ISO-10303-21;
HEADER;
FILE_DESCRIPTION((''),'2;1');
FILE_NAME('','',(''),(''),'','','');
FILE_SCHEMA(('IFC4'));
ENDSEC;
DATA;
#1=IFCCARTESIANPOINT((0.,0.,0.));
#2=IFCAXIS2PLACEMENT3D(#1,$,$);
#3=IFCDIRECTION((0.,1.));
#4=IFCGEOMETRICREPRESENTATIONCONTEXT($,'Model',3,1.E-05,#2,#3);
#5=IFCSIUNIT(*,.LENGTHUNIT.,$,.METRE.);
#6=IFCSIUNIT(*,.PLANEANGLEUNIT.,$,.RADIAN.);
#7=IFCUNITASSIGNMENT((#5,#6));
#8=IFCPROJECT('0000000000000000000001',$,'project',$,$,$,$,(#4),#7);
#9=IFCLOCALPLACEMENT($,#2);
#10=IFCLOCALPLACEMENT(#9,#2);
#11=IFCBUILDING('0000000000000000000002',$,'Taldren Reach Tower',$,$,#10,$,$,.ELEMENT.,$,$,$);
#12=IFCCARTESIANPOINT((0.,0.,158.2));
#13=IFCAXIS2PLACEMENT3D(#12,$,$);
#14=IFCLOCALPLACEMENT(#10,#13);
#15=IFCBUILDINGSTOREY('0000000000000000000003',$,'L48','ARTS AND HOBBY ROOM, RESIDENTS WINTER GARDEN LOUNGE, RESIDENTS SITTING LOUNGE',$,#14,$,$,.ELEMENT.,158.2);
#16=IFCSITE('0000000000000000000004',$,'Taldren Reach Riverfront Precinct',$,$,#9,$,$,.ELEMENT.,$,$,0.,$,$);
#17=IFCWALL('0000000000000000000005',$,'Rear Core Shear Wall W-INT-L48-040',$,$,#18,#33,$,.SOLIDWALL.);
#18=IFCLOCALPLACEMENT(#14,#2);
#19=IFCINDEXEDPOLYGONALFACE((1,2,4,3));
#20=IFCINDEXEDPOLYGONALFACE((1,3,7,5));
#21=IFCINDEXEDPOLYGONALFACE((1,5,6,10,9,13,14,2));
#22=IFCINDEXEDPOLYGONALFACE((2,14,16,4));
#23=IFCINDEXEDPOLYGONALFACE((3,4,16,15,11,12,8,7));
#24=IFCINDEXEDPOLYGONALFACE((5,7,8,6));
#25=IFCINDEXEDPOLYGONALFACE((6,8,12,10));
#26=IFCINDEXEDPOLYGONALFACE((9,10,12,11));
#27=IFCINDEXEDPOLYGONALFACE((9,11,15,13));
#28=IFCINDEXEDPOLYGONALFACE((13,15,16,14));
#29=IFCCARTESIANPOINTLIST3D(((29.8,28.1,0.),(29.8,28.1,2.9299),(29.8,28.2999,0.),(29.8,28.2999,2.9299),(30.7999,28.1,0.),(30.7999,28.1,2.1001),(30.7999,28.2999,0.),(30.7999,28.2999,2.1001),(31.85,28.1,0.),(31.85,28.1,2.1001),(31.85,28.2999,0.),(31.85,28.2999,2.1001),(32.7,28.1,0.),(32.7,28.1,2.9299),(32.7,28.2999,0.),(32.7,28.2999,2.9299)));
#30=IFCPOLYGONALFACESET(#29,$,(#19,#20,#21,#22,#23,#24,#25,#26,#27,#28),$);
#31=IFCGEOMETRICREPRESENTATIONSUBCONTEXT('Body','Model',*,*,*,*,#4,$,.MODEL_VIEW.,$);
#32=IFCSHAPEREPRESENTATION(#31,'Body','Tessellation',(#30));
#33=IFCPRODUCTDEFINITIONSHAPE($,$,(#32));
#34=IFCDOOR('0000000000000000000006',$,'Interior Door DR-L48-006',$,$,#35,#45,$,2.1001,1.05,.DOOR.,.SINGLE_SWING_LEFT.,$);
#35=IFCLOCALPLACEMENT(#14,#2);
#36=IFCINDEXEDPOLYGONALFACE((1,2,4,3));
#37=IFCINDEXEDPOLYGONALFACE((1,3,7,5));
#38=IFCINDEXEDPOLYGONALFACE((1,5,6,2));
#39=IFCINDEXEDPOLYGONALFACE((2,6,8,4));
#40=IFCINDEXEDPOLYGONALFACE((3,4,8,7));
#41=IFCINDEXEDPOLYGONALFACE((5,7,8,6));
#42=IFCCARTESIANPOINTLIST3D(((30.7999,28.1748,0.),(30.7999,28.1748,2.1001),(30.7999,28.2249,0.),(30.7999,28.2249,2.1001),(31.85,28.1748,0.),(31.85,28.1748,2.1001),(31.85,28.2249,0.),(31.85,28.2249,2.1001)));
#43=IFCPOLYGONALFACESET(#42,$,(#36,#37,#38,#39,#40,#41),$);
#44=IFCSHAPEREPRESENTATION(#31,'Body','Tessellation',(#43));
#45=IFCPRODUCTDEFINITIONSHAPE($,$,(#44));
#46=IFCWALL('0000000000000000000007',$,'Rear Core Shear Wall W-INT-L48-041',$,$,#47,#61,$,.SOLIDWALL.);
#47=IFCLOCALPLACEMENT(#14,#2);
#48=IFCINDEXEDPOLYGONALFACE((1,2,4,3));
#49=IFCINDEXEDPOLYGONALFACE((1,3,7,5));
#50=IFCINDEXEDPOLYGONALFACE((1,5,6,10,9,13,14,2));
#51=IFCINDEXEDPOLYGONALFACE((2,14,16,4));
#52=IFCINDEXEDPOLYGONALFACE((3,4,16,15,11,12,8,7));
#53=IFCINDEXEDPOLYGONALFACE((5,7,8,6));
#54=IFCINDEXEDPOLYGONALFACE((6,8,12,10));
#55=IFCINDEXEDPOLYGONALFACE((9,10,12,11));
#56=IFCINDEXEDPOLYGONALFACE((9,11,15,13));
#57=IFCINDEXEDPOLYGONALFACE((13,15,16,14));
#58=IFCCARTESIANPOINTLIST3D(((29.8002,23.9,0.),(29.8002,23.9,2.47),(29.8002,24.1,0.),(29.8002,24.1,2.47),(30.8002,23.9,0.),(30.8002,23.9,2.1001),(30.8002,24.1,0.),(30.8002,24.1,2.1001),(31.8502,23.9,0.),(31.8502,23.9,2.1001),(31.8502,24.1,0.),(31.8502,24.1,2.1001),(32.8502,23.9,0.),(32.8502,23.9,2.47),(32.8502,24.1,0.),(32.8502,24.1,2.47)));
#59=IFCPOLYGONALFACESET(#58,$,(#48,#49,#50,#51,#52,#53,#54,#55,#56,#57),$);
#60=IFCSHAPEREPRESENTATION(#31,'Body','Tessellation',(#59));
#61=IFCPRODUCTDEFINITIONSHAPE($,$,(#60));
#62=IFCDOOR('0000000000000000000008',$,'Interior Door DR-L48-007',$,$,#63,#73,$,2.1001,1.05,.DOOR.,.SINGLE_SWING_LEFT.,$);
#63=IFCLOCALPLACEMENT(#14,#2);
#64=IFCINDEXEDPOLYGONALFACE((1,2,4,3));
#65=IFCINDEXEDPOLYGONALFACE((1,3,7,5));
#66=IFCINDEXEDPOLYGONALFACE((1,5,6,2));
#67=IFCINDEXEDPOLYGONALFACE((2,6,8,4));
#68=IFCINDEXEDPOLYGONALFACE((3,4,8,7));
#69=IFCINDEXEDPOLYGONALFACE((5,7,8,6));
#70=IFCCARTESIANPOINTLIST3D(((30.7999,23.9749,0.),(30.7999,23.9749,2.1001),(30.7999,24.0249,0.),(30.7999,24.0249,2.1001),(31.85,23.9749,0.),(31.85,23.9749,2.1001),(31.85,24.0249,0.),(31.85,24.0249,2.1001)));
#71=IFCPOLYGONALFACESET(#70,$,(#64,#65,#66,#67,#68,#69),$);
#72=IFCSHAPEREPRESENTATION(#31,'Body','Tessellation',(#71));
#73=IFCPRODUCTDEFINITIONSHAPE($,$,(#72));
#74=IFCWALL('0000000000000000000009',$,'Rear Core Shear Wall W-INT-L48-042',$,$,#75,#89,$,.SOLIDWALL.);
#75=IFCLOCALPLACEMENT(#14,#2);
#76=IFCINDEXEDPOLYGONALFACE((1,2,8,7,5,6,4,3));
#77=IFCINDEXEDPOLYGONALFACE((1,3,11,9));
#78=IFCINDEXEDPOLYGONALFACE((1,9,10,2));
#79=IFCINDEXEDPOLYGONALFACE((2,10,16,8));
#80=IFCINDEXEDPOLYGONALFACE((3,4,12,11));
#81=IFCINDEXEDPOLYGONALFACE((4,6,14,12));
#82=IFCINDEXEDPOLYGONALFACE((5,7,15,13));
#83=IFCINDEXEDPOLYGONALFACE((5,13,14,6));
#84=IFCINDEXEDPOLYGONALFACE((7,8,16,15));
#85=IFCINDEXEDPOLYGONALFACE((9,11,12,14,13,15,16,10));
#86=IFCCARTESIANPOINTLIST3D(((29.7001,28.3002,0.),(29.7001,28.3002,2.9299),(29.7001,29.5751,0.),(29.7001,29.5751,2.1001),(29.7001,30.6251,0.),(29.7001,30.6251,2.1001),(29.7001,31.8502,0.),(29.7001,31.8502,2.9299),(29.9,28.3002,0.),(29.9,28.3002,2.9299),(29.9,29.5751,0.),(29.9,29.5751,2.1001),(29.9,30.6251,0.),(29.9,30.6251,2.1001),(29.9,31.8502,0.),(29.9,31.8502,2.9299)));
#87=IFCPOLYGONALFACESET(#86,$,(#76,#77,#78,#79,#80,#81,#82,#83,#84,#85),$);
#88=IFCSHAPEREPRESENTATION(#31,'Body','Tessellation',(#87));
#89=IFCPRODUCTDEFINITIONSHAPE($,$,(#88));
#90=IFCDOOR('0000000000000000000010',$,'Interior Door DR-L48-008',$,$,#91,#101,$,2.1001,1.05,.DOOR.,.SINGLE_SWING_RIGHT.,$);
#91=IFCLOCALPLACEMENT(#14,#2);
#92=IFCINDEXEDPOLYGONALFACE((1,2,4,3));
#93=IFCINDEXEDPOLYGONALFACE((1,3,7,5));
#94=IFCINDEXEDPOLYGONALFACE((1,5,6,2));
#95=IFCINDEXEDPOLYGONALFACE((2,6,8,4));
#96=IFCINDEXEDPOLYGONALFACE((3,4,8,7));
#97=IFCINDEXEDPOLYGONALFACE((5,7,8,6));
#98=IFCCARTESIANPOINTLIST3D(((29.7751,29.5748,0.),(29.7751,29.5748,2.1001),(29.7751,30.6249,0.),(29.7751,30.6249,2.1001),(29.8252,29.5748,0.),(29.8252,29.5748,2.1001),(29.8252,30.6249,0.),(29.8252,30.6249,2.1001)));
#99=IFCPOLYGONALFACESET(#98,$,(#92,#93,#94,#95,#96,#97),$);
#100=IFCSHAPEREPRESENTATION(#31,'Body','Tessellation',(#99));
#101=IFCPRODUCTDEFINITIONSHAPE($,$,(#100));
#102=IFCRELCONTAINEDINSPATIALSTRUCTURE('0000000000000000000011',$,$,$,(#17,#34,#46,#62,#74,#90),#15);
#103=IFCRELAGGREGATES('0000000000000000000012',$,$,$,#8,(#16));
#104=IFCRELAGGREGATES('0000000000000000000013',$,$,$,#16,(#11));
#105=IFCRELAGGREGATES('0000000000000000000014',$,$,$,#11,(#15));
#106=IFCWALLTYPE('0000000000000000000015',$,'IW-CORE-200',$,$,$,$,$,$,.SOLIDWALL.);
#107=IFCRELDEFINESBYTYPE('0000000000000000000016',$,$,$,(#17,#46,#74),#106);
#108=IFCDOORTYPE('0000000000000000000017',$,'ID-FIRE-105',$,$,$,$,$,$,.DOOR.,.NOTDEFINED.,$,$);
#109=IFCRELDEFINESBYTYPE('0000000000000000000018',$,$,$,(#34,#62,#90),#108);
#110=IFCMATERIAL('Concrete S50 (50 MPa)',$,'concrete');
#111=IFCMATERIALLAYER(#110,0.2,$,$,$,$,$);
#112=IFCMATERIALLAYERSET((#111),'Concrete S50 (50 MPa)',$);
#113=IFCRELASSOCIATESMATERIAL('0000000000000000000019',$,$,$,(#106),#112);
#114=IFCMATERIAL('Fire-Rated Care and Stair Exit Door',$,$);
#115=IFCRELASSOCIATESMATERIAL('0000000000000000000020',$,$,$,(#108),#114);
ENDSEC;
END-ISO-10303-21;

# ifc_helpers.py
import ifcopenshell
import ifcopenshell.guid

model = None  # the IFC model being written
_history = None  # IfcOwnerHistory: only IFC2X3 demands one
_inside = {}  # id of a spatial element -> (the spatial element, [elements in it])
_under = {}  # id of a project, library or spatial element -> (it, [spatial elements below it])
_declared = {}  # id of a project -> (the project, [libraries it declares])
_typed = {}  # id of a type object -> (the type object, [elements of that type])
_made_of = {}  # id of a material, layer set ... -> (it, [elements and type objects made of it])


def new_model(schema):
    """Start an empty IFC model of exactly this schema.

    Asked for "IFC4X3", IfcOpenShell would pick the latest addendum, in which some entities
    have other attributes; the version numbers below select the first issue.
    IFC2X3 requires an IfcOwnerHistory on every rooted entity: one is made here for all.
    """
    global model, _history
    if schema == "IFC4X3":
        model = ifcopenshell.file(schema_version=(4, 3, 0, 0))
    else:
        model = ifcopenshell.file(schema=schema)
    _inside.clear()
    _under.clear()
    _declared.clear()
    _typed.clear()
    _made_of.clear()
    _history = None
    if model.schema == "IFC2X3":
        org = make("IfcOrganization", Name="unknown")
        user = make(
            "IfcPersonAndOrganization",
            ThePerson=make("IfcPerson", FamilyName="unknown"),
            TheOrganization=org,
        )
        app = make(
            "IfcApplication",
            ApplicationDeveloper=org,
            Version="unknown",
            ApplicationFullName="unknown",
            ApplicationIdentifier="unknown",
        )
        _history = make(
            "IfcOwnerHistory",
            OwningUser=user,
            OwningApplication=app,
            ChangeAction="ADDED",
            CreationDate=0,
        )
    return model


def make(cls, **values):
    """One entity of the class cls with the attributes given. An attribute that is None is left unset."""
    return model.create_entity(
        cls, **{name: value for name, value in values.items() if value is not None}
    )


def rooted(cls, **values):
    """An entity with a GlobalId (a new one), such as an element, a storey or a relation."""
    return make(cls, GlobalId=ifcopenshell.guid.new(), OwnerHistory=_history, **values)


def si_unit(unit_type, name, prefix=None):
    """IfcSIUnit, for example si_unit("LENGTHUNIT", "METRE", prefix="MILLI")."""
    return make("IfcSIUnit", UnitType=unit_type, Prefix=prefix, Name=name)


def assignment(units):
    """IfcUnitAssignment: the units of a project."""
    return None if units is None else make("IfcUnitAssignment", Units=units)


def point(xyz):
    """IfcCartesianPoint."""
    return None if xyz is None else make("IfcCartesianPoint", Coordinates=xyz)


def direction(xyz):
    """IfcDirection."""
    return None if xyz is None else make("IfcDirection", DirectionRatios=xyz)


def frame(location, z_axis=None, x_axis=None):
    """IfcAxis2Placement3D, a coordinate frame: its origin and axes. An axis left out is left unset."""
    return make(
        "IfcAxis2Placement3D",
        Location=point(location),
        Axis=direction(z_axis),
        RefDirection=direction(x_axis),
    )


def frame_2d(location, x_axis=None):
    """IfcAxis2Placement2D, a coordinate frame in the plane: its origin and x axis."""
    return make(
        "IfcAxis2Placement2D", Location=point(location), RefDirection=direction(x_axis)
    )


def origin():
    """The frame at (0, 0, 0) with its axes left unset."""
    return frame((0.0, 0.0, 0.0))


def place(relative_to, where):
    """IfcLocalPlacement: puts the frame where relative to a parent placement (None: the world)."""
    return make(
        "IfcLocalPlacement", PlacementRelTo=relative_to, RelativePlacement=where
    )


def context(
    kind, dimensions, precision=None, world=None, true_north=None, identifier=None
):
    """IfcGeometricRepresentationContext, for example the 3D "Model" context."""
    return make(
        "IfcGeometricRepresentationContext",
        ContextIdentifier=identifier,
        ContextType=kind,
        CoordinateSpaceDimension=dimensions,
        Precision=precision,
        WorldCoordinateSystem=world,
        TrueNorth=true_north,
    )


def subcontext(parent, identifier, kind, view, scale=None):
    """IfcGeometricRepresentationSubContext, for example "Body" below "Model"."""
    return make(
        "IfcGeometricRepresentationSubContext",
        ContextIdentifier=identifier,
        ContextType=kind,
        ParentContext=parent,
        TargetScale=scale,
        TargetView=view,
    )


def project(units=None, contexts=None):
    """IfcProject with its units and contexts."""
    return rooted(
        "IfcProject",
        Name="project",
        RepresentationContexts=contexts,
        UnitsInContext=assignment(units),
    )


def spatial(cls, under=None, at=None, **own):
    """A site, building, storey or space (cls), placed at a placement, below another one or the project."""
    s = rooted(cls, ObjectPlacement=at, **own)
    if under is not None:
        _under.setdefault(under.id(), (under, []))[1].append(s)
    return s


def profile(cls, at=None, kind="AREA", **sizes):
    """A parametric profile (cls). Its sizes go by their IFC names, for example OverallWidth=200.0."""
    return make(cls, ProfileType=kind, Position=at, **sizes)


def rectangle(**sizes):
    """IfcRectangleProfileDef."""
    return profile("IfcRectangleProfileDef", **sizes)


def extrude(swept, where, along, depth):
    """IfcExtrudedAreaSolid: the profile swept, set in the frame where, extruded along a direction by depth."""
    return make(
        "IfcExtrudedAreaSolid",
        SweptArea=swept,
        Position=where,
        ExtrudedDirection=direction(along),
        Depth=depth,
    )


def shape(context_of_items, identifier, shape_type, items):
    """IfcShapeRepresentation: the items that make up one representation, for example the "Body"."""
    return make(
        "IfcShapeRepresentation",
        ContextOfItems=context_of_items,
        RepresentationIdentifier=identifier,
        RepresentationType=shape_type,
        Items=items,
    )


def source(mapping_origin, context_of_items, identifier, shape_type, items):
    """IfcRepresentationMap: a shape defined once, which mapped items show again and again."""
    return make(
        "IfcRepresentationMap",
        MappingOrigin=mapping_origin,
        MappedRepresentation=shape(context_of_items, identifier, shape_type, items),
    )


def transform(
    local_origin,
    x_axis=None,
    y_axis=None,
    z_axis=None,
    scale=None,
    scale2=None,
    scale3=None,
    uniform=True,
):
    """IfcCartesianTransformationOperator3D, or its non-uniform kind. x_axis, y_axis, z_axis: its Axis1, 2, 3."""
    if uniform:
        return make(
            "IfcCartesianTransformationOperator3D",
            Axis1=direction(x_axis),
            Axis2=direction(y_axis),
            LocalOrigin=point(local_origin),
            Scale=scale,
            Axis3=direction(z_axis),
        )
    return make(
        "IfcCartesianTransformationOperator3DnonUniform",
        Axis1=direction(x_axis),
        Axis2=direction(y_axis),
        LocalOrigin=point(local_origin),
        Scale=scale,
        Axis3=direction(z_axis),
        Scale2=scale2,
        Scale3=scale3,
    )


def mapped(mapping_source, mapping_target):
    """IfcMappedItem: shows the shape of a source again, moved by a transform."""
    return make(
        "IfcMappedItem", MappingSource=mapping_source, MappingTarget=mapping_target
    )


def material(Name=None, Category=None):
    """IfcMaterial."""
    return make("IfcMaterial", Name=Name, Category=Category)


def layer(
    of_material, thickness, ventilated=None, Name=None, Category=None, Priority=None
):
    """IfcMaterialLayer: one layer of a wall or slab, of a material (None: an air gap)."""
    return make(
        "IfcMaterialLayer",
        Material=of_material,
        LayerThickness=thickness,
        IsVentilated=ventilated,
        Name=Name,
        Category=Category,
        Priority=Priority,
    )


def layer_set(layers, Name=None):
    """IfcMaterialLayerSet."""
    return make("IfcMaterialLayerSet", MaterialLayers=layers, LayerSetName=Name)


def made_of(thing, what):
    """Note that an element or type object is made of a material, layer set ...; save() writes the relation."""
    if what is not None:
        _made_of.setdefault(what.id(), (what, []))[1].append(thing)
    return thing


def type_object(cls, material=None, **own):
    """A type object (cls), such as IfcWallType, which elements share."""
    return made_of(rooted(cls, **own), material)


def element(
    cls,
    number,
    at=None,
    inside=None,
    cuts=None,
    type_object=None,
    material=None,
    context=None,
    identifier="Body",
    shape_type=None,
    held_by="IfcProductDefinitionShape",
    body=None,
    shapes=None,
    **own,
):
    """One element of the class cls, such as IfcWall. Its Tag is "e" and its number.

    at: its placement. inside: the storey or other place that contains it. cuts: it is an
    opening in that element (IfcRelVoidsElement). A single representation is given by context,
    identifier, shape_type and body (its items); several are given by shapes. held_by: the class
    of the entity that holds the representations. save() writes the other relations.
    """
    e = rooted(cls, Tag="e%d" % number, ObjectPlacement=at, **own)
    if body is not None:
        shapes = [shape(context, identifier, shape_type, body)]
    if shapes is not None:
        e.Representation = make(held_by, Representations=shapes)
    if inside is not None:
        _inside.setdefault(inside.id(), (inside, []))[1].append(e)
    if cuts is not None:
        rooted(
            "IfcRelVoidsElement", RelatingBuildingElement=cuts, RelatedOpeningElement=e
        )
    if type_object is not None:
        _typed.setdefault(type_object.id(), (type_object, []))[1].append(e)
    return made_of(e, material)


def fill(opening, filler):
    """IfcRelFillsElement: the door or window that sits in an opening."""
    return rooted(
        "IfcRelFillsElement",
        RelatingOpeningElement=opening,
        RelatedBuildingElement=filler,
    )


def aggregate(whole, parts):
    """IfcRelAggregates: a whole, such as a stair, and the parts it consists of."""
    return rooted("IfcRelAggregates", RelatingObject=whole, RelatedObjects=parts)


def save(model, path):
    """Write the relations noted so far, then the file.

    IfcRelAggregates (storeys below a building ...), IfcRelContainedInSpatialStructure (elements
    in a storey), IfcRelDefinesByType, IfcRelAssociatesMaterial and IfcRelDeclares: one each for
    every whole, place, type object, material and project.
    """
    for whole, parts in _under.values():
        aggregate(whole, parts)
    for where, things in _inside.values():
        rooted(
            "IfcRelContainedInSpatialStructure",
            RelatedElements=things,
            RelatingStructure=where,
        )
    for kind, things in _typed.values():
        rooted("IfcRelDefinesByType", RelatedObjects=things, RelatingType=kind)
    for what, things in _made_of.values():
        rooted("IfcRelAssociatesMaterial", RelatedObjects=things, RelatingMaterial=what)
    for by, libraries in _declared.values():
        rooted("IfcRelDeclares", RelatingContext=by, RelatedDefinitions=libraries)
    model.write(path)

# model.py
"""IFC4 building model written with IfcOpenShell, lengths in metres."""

from ifc_helpers import new_model, si_unit, direction, frame, frame_2d, origin, place, context, subcontext, project, spatial, rectangle, extrude, source, transform, mapped, material, layer, layer_set, type_object, element, fill, save


model = new_model("IFC4")

# Units and contexts
model_context = context("Model", 3, precision=1e-05, world=origin(), true_north=direction((0.0, 1.0)))
body_context = subcontext(model_context, "Body", "Model", "MODEL_VIEW")
ifc_project = project(units=[si_unit("LENGTHUNIT", "METRE"), si_unit("PLANEANGLEUNIT", "RADIAN")], contexts=[model_context])

# Site, building, storey
site_placement = place(None, origin())
site = spatial("IfcSite", under=ifc_project, at=site_placement, Name="Taldren Reach Riverfront Precinct", CompositionType="ELEMENT", RefElevation=0.0)
building_placement = place(site_placement, origin())
building = spatial("IfcBuilding", under=site, at=building_placement, Name="Taldren Reach Tower", CompositionType="ELEMENT")
storey_placement = place(building_placement, frame((0.0, 0.0, 158.2)))
storey = spatial("IfcBuildingStorey", under=building, at=storey_placement, Name="L48", Description="ARTS AND HOBBY ROOM, RESIDENTS WINTER GARDEN LOUNGE, RESIDENTS SITTING LOUNGE", CompositionType="ELEMENT", Elevation=158.2)

# Shared definitions
ifc_material_1 = material(Name="Concrete S50 (50 MPa)", Category="concrete")
ifc_layer_1 = layer(ifc_material_1, 0.2)
ifc_layer_set_1 = layer_set([ifc_layer_1], Name="Concrete S50 (50 MPa)")
wall_type_1 = type_object("IfcWallType", Name="IW-CORE-200", PredefinedType="SOLIDWALL", material=ifc_layer_set_1)

# Walls, openings, doors
shared_shape_1 = source(origin(), body_context, "Body", "SweptSolid", [
    extrude(rectangle(XDim=2.8999, YDim=0.2, at=frame_2d((1.45, 0.0))), origin(), (0.0, 0.0, 1.0), 2.9299),
])
wall_1_placement = place(storey_placement, frame((29.8, 28.2, 0.0), z_axis=(0.0, 0.0, 1.0), x_axis=(1.0, 0.0, 0.0)))
wall_1 = element("IfcWall", 1, at=wall_1_placement, inside=storey, type_object=wall_type_1, Name="Rear Core Shear Wall W-INT-L48-040", PredefinedType="SOLIDWALL", context=body_context, shape_type="MappedRepresentation", body=[
    mapped(shared_shape_1, transform((0.0, 0.0, 0.0), scale=1.0)),
])
shared_shape_2 = source(origin(), body_context, "Body", "SweptSolid", [
    extrude(rectangle(XDim=1.05, YDim=2.1001, at=frame_2d((0.5249, 1.05))), frame((0.0, 0.1099, 0.0), z_axis=(0.0, -1.0, 0.0), x_axis=(1.0, 0.0, 0.0)), (0.0, 0.0, 1.0), 0.22),
])
opening_1_placement = place(wall_1_placement, frame((1.0, 0.0, 0.0)))
opening_1 = element("IfcOpeningElement", 2, at=opening_1_placement, cuts=wall_1, PredefinedType="OPENING", context=body_context, shape_type="MappedRepresentation", body=[
    mapped(shared_shape_2, transform((0.0, 0.0, 0.0), scale=1.0)),
])
ifc_material_2 = material(Name="Fire-Rated Care and Stair Exit Door")
door_type_1 = type_object("IfcDoorType", Name="ID-FIRE-105", OperationType="NOTDEFINED", PredefinedType="DOOR", material=ifc_material_2)
shared_shape_3 = source(origin(), body_context, "Body", "SweptSolid", [
    extrude(rectangle(XDim=1.05, YDim=2.1001, at=frame_2d((0.5249, 1.05))), frame((0.0, 0.0249, 0.0), z_axis=(0.0, -1.0, 0.0), x_axis=(1.0, 0.0, 0.0)), (0.0, 0.0, 1.0), 0.05),
])
door_1_placement = place(opening_1_placement, origin())
door_1 = element("IfcDoor", 3, at=door_1_placement, inside=storey, type_object=door_type_1, Name="Interior Door DR-L48-006", OperationType="SINGLE_SWING_LEFT", OverallHeight=2.1001, OverallWidth=1.05, PredefinedType="DOOR", context=body_context, shape_type="MappedRepresentation", body=[
    mapped(shared_shape_3, transform((0.0, 0.0, 0.0), scale=1.0)),
])
fill(opening_1, door_1)
shared_shape_4 = source(origin(), body_context, "Body", "SweptSolid", [
    extrude(rectangle(XDim=3.05, YDim=0.2, at=frame_2d((1.5249, 0.0))), origin(), (0.0, 0.0, 1.0), 2.47),
])
wall_2_placement = place(storey_placement, frame((32.8501, 24.0, 0.0), z_axis=(0.0, 0.0, 1.0), x_axis=(-1.0, 0.0, 0.0)))
wall_2 = element("IfcWall", 4, at=wall_2_placement, inside=storey, type_object=wall_type_1, Name="Rear Core Shear Wall W-INT-L48-041", PredefinedType="SOLIDWALL", context=body_context, shape_type="MappedRepresentation", body=[
    mapped(shared_shape_4, transform((0.0, 0.0, 0.0), scale=1.0)),
])
opening_2_placement = place(wall_2_placement, frame((1.0, 0.0, 0.0)))
opening_2 = element("IfcOpeningElement", 5, at=opening_2_placement, cuts=wall_2, PredefinedType="OPENING", context=body_context, shape_type="MappedRepresentation", body=[
    mapped(shared_shape_2, transform((0.0, 0.0, 0.0), scale=1.0)),
])
door_2_placement = place(opening_2_placement, frame((1.05, 0.0, 0.0), z_axis=(0.0, 0.0, 1.0), x_axis=(-1.0, 0.0, 0.0)))
door_2 = element("IfcDoor", 6, at=door_2_placement, inside=storey, type_object=door_type_1, Name="Interior Door DR-L48-007", OperationType="SINGLE_SWING_LEFT", OverallHeight=2.1001, OverallWidth=1.05, PredefinedType="DOOR", context=body_context, shape_type="MappedRepresentation", body=[
    mapped(shared_shape_3, transform((0.0, 0.0, 0.0), scale=1.0)),
])
fill(opening_2, door_2)
shared_shape_5 = source(origin(), body_context, "Body", "SweptSolid", [
    extrude(rectangle(XDim=3.55, YDim=0.2, at=frame_2d((1.7749, 0.0))), origin(), (0.0, 0.0, 1.0), 2.9299),
])
wall_3_placement = place(storey_placement, frame((29.8, 31.8501, 0.0), z_axis=(0.0, 0.0, 1.0), x_axis=(0.0, -1.0, 0.0)))
wall_3 = element("IfcWall", 7, at=wall_3_placement, inside=storey, type_object=wall_type_1, Name="Rear Core Shear Wall W-INT-L48-042", PredefinedType="SOLIDWALL", context=body_context, shape_type="MappedRepresentation", body=[
    mapped(shared_shape_5, transform((0.0, 0.0, 0.0), scale=1.0)),
])
opening_3_placement = place(wall_3_placement, frame((1.2251, 0.0, 0.0)))
opening_3 = element("IfcOpeningElement", 8, at=opening_3_placement, cuts=wall_3, PredefinedType="OPENING", context=body_context, shape_type="MappedRepresentation", body=[
    mapped(shared_shape_2, transform((0.0, 0.0, 0.0), scale=1.0)),
])
door_3_placement = place(opening_3_placement, frame((1.05, 0.0, 0.0), z_axis=(0.0, 0.0, 1.0), x_axis=(-1.0, 0.0, 0.0)))
door_3 = element("IfcDoor", 9, at=door_3_placement, inside=storey, type_object=door_type_1, Name="Interior Door DR-L48-008", OperationType="SINGLE_SWING_RIGHT", OverallHeight=2.1001, OverallWidth=1.05, PredefinedType="DOOR", context=body_context, shape_type="MappedRepresentation", body=[
    mapped(shared_shape_3, transform((0.0, 0.0, 0.0), scale=1.0)),
])
fill(opening_3, door_3)

save(model, "model.ifc")
